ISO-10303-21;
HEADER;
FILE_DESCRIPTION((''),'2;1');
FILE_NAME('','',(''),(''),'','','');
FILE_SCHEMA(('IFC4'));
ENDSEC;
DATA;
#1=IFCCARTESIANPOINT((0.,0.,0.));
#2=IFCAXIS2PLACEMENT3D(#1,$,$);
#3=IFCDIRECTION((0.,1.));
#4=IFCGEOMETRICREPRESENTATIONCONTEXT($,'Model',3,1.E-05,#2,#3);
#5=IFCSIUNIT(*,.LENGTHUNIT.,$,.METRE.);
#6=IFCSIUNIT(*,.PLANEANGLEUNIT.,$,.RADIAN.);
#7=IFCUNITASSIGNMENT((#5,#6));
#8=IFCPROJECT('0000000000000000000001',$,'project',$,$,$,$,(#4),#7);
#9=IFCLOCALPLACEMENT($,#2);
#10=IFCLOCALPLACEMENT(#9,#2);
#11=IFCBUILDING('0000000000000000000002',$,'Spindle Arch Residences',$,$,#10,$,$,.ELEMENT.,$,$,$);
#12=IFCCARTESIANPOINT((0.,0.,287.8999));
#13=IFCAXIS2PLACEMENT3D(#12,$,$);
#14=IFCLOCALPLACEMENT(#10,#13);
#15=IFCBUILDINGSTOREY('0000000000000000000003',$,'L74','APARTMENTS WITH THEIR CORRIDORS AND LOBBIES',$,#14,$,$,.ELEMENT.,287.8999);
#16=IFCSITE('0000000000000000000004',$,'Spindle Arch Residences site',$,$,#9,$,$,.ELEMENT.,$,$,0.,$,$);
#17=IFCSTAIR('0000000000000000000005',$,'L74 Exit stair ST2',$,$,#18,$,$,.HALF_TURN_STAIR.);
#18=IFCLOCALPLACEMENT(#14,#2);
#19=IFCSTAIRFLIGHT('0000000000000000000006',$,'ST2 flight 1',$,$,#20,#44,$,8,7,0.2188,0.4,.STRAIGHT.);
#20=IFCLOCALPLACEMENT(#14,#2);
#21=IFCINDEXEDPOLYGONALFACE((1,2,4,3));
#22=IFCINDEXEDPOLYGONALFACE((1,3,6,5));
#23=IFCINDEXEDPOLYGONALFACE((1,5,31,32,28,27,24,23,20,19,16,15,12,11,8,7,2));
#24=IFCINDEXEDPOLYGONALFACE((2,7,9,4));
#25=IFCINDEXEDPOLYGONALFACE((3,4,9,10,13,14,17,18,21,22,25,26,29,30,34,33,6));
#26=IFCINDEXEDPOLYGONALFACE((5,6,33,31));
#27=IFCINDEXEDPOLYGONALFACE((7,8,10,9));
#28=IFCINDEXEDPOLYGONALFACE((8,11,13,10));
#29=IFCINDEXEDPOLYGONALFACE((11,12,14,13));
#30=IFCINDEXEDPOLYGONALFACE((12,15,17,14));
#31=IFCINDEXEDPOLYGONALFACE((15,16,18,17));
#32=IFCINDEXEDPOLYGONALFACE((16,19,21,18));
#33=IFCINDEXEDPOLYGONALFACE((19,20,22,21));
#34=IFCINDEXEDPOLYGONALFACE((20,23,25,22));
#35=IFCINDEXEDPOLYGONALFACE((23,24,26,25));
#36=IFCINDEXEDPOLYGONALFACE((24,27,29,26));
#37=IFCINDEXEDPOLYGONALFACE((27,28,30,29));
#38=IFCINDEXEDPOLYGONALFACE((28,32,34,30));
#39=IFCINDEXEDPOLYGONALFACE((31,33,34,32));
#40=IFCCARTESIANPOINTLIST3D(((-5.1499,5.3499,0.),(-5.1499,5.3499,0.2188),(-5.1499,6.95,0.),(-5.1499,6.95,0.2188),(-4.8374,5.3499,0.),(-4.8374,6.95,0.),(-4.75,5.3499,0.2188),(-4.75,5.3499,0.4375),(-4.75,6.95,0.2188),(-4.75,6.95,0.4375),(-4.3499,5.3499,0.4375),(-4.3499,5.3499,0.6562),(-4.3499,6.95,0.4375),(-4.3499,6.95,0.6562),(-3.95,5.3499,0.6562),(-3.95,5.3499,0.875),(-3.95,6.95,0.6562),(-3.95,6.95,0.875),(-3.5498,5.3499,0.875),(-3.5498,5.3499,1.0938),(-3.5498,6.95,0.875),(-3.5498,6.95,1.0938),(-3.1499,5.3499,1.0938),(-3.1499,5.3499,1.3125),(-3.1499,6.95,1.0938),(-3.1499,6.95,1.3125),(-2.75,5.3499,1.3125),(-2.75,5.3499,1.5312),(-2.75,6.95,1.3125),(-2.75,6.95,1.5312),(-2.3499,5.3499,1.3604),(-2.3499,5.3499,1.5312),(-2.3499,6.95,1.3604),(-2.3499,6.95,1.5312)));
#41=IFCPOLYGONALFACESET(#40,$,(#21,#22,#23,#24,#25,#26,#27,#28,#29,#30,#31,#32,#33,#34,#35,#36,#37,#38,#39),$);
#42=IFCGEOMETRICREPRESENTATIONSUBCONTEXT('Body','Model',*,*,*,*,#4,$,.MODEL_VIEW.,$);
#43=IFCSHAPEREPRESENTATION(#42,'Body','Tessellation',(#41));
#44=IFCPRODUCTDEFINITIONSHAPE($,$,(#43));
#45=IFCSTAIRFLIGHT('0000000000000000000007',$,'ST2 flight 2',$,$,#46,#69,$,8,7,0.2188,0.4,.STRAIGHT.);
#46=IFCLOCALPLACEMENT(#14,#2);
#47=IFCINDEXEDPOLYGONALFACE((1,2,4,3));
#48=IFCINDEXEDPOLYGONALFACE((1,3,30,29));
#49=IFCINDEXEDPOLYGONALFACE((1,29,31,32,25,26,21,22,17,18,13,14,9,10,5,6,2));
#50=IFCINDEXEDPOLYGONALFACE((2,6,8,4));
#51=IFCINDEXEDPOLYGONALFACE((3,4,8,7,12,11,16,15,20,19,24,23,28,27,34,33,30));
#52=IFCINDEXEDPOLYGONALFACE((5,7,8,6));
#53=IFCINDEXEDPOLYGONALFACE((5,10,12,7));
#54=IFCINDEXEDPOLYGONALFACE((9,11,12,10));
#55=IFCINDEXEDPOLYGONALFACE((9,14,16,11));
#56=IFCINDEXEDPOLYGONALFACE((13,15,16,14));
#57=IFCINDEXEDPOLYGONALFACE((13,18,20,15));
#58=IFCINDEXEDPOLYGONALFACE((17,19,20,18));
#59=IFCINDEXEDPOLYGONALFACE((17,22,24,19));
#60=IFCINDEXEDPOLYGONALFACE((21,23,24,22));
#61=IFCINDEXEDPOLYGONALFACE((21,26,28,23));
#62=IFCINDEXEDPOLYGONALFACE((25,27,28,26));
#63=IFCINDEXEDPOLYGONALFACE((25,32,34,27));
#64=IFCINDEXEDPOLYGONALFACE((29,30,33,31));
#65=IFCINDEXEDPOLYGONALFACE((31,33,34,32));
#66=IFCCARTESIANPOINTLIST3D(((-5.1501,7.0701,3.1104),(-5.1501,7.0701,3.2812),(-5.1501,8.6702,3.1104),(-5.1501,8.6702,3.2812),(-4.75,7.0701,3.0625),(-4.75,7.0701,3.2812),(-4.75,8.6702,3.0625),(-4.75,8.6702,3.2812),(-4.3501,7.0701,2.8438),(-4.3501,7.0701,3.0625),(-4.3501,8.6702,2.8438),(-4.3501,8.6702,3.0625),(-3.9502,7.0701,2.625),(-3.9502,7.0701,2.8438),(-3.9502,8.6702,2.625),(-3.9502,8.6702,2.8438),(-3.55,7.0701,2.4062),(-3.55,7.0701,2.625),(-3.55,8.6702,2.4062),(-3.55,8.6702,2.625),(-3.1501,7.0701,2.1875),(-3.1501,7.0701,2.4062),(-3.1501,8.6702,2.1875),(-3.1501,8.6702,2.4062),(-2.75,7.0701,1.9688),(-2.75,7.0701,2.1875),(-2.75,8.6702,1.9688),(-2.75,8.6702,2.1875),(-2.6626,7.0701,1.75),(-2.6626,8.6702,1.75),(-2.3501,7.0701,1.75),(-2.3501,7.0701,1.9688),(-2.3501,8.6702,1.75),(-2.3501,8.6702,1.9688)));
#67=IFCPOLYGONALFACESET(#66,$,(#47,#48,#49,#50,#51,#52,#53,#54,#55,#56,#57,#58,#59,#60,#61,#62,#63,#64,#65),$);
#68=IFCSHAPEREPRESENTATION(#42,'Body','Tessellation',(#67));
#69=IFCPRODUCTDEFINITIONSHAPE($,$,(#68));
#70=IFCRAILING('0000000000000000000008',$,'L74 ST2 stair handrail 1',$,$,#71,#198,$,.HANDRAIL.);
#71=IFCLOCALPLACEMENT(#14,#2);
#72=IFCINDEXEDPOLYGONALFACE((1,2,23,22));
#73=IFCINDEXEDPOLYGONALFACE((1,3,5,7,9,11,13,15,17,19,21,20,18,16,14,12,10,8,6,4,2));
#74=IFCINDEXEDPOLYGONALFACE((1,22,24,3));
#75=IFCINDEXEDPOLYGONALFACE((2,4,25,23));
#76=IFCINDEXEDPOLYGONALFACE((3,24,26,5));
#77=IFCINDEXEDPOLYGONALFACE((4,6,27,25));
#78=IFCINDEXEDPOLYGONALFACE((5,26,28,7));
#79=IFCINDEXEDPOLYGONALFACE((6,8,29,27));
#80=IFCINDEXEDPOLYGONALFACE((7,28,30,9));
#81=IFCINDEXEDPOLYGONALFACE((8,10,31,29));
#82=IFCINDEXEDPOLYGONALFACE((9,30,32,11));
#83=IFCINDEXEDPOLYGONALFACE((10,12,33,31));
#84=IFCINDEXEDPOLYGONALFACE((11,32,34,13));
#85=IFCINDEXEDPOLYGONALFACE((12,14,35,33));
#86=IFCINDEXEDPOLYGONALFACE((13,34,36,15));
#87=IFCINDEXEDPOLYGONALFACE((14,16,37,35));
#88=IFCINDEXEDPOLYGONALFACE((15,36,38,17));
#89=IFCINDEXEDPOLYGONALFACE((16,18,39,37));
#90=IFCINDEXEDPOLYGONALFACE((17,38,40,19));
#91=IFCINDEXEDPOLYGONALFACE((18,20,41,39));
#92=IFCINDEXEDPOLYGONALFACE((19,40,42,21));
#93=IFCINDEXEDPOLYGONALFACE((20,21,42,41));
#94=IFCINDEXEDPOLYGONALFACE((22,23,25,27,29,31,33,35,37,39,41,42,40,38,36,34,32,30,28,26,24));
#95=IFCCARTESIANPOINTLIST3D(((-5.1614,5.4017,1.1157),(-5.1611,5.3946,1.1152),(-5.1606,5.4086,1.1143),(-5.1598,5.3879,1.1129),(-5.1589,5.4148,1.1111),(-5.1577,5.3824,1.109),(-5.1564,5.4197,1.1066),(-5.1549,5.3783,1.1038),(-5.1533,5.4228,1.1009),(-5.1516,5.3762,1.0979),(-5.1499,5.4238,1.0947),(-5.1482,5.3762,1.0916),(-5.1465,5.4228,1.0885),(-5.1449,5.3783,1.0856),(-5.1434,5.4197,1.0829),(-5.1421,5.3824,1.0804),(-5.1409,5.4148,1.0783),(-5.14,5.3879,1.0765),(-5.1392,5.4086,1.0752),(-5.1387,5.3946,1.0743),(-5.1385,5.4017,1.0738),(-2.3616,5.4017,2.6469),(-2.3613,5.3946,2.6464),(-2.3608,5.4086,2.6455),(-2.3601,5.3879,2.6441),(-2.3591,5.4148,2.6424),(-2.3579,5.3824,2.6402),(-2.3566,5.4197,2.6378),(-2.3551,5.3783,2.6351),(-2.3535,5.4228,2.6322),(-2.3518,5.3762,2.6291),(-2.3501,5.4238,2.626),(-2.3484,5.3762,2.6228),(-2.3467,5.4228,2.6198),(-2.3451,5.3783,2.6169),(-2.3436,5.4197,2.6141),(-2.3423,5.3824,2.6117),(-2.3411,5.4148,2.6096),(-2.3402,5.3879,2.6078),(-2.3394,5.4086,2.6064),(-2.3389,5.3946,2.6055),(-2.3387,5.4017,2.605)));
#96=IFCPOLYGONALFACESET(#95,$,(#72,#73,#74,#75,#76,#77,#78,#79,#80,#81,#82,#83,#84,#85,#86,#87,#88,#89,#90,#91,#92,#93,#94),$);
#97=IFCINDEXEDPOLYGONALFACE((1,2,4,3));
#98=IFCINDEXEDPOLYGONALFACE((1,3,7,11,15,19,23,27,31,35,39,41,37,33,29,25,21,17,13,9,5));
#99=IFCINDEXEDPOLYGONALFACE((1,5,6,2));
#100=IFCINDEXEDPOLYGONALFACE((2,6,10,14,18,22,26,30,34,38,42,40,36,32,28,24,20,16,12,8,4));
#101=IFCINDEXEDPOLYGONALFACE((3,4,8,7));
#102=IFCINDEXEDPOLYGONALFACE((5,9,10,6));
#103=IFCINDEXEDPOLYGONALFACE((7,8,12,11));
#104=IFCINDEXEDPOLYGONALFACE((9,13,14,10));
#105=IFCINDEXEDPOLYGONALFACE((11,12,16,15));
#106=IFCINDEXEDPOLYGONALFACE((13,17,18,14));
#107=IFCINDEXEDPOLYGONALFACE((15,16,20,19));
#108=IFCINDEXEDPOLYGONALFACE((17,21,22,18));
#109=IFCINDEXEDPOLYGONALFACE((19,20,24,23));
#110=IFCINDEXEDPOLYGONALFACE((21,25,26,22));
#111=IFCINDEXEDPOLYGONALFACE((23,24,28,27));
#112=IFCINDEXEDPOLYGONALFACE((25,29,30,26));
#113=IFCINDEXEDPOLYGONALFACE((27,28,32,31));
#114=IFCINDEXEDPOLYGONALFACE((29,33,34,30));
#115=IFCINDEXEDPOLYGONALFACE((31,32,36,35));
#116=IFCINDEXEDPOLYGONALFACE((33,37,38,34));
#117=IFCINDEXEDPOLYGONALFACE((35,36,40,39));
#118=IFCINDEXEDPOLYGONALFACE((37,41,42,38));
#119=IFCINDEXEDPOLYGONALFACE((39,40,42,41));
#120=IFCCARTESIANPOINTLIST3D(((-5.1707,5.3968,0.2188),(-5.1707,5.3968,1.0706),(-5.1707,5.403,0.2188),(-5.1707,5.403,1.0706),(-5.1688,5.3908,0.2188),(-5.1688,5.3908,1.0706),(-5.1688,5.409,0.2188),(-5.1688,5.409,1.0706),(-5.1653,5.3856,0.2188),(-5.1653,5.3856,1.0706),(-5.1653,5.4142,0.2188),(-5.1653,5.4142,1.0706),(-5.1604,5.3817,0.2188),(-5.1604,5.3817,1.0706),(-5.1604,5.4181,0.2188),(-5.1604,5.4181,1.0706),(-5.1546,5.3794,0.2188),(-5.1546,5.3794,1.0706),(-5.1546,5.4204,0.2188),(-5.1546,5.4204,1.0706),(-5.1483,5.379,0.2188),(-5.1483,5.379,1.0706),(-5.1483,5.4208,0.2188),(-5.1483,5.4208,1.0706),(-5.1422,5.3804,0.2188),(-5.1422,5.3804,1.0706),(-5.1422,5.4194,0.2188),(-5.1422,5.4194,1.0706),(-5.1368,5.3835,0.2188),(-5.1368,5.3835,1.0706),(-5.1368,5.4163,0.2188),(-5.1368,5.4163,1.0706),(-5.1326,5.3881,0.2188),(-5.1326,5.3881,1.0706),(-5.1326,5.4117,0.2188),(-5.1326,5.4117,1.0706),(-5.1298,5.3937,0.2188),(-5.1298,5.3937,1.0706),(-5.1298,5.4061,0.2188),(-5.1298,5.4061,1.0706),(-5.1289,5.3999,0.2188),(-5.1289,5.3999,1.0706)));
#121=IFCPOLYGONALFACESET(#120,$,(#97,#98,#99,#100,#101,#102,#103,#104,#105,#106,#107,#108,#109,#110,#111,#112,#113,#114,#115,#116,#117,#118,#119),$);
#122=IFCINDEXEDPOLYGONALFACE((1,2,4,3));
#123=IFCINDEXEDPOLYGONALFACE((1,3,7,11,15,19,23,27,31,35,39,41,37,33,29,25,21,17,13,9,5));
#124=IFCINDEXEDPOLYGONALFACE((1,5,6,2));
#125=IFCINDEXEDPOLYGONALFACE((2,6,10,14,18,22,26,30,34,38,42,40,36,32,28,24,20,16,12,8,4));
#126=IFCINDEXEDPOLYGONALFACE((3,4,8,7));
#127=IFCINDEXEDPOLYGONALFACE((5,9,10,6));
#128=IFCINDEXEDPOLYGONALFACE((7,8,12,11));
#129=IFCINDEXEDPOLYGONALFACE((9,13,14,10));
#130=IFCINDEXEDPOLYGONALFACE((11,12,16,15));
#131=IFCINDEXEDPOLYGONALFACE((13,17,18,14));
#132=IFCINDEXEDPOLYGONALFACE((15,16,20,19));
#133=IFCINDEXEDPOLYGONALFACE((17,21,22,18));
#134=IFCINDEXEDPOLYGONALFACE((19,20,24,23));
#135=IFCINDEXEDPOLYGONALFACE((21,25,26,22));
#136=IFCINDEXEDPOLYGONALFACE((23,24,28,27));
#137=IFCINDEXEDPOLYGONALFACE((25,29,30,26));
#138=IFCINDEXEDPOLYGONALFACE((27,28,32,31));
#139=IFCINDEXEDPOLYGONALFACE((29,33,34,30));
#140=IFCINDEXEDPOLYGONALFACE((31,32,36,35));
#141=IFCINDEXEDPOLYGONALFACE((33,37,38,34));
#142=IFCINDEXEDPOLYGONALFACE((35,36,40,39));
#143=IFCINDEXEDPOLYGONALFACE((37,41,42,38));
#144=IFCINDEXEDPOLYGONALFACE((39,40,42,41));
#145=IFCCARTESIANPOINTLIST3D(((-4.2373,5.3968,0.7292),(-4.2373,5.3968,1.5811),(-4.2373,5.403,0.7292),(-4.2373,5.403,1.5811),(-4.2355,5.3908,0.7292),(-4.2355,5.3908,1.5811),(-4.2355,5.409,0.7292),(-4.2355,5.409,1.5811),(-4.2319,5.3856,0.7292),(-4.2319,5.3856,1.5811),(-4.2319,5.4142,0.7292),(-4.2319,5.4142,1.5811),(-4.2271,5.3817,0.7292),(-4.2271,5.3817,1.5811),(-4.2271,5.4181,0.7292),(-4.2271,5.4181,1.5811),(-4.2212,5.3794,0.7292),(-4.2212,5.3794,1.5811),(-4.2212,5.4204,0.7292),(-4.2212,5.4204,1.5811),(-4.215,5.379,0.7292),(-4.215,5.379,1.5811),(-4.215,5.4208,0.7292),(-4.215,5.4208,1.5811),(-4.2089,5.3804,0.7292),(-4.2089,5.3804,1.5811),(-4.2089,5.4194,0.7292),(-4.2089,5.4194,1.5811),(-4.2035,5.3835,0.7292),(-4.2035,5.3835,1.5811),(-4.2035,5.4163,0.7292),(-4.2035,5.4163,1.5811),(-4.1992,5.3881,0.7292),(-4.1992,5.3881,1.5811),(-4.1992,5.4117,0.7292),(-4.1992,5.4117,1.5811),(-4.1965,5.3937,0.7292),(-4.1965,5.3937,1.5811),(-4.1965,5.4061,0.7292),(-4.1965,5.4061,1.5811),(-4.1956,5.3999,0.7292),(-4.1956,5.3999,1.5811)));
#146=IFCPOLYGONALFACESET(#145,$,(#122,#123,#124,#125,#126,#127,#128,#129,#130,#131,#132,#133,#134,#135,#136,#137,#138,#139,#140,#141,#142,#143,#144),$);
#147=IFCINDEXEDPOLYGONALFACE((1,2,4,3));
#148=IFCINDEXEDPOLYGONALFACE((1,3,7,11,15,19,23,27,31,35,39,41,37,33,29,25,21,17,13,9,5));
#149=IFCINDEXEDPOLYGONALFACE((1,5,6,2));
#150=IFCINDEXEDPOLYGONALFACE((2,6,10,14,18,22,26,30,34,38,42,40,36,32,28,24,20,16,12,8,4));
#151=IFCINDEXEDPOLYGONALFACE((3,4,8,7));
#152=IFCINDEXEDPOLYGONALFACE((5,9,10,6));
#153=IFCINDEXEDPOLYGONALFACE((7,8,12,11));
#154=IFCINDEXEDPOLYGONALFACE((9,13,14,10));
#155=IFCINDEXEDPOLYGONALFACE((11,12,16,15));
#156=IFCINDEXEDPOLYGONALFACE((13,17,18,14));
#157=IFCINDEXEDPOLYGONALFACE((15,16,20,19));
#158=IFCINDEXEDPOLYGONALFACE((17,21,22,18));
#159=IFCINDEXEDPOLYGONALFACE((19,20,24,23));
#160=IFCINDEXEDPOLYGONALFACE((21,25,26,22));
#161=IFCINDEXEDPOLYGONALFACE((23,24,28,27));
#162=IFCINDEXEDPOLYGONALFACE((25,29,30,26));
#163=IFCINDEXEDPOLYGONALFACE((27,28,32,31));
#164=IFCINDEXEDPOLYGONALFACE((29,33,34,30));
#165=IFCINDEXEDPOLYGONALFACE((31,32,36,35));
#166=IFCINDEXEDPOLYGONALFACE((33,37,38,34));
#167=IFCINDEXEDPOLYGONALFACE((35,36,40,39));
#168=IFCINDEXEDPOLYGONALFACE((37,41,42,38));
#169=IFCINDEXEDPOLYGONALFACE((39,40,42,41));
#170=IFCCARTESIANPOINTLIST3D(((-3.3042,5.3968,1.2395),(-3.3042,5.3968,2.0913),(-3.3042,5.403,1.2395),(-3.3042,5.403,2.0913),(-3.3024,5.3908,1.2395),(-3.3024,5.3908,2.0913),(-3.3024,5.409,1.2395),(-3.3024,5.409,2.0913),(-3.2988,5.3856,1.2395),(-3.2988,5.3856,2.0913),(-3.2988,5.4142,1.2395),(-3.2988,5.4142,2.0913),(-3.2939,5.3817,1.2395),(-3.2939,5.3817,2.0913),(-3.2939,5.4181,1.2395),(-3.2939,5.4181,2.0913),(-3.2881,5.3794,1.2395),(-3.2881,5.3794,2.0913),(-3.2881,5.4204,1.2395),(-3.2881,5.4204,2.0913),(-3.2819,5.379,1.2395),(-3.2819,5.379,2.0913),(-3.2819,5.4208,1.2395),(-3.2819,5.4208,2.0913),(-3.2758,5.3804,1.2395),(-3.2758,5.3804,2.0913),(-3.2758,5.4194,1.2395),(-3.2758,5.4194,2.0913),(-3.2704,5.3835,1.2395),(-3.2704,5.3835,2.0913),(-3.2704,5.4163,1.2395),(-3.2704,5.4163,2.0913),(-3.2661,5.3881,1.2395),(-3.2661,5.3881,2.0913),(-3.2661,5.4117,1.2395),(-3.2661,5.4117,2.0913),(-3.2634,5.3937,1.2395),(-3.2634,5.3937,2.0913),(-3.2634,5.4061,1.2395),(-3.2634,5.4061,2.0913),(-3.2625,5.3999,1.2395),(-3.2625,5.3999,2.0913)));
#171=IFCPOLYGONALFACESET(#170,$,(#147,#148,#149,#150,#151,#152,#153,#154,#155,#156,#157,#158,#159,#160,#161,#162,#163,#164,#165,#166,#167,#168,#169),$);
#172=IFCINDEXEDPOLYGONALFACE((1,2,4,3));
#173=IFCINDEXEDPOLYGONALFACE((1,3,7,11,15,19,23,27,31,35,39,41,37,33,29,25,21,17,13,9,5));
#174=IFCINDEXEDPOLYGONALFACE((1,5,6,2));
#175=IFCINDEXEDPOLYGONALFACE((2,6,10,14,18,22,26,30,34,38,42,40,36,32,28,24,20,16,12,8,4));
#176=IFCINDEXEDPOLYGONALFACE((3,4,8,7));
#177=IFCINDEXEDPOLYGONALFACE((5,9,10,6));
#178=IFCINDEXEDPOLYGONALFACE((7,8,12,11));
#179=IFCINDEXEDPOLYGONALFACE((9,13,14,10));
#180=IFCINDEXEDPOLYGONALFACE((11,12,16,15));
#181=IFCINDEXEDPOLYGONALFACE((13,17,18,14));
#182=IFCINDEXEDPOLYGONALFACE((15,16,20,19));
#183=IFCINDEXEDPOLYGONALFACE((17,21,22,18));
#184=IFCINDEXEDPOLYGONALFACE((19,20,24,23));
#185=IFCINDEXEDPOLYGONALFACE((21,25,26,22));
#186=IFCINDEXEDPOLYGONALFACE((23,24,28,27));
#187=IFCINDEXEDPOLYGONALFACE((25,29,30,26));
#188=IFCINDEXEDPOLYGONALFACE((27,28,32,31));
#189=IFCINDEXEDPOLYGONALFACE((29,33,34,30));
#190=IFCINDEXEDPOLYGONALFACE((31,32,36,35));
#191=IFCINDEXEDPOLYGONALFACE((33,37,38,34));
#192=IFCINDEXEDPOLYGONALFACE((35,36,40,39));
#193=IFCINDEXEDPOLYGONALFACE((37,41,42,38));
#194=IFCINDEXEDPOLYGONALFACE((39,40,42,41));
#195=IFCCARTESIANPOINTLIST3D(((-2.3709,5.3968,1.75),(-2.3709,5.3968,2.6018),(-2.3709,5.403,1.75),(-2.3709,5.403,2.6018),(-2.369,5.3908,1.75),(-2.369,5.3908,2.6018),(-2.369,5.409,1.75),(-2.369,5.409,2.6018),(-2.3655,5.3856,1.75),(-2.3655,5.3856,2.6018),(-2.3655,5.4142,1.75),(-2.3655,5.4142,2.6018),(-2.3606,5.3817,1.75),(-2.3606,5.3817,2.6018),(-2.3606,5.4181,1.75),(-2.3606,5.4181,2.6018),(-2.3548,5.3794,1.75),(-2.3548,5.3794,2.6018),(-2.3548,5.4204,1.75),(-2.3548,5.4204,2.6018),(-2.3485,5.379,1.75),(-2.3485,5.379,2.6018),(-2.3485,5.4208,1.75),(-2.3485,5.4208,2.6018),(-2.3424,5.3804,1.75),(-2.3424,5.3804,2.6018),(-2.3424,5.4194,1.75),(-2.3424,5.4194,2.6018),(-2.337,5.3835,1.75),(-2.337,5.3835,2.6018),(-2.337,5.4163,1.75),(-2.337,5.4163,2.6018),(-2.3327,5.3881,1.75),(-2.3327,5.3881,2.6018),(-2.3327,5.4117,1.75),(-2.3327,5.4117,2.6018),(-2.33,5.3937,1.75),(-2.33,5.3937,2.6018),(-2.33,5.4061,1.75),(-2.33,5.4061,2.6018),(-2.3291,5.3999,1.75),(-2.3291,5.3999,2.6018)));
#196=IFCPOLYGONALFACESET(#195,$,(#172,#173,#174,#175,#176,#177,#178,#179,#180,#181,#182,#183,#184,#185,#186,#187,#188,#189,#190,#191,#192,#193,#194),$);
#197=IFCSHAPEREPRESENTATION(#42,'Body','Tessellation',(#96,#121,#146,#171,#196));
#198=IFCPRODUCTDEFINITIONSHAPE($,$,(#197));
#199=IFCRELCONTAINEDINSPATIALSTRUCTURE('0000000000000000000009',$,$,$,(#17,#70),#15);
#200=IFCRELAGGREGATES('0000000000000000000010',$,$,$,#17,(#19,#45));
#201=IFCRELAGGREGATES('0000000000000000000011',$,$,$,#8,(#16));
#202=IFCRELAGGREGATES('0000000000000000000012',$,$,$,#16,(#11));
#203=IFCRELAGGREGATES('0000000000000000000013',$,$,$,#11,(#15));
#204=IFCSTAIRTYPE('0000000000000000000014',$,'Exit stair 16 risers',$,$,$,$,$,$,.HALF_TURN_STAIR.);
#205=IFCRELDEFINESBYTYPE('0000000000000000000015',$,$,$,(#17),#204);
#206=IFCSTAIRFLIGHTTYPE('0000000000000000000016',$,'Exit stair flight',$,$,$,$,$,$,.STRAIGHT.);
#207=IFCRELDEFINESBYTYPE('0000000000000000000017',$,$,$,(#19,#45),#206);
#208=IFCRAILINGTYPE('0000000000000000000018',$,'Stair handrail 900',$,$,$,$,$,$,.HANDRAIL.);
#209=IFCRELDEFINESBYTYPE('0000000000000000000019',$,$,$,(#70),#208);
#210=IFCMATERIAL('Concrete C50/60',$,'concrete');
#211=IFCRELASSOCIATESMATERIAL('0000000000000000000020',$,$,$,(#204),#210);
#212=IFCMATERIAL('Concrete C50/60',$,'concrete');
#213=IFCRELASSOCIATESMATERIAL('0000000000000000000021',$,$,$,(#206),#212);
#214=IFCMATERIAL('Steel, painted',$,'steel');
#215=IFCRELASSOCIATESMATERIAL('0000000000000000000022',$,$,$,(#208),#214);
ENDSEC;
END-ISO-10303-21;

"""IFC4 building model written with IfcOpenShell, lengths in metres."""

from ifc_helpers import new_model, si_unit, direction, frame, origin, origin_2d, place, context, subcontext, project, spatial, polyline, circle, outline, extrude, material, type_object, element, aggregate, save


model = new_model("IFC4")

# Units and contexts
model_context = context("Model", 3, precision=1e-05, world=origin(), true_north=direction((0.0, 1.0)))
body_context = subcontext(model_context, "Body", "Model", "MODEL_VIEW")
ifc_project = project(units=[si_unit("LENGTHUNIT", "METRE"), si_unit("PLANEANGLEUNIT", "RADIAN")], contexts=[model_context])

# Site, building, storey
site_placement = place(None, origin())
site = spatial("IfcSite", under=ifc_project, at=site_placement, Name="Spindle Arch Residences site", CompositionType="ELEMENT", RefElevation=0.0)
building_placement = place(site_placement, origin())
building = spatial("IfcBuilding", under=site, at=building_placement, Name="Spindle Arch Residences", CompositionType="ELEMENT")
storey_placement = place(building_placement, frame((0.0, 0.0, 287.8999)))
storey = spatial("IfcBuildingStorey", under=building, at=storey_placement, Name="L74", Description="APARTMENTS WITH THEIR CORRIDORS AND LOBBIES", CompositionType="ELEMENT", Elevation=287.8999)

# Stair, stair flights
ifc_material_1 = material(Name="Concrete C50/60", Category="concrete")
stair_type = type_object("IfcStairType", Name="Exit stair 16 risers", PredefinedType="HALF_TURN_STAIR", material=ifc_material_1)
stair_placement = place(storey_placement, origin())
stair = element("IfcStair", 1, at=stair_placement, inside=storey, type_object=stair_type, Name="L74 Exit stair ST2", PredefinedType="HALF_TURN_STAIR")
ifc_material_2 = material(Name="Concrete C50/60", Category="concrete")
stair_flight_type = type_object("IfcStairFlightType", Name="Exit stair flight", PredefinedType="STRAIGHT", material=ifc_material_2)
stair_flight_1_placement = place(storey_placement, frame((-5.1499, 6.1499, 0.0), z_axis=(0.0, 0.0, 1.0), x_axis=(1.0, 0.0, 0.0)))
stair_flight_1 = element("IfcStairFlight", 2, at=stair_flight_1_placement, type_object=stair_flight_type, Name="ST2 flight 1", NumberOfRisers=8, NumberOfTreads=7, PredefinedType="STRAIGHT", RiserHeight=0.2188, TreadLength=0.4, context=body_context, shape_type="SweptSolid", body=[
    extrude(outline(polyline([(0.0, 0.0), (0.0, 0.2188), (0.3999, 0.2188), (0.3999, 0.4375), (0.8, 0.4375), (0.8, 0.6562), (1.2, 0.6562), (1.2, 0.875), (1.6001, 0.875), (1.6001, 1.0938), (2.0, 1.0938), (2.0, 1.3125), (2.3999, 1.3125), (2.3999, 1.5312), (2.8, 1.5312), (2.8, 1.75), (2.8, 1.3604), (0.3125, 0.0), (0.0, 0.0)])), frame((0.0, 0.8, 0.0), z_axis=(0.0, -1.0, 0.0), x_axis=(1.0, 0.0, 0.0)), (0.0, 0.0, 1.0), 1.6001),
])
stair_flight_2_placement = place(storey_placement, frame((-2.3501, 7.8701, 1.75), z_axis=(0.0, 0.0, 1.0), x_axis=(-1.0, 0.0, 0.0)))
stair_flight_2 = element("IfcStairFlight", 3, at=stair_flight_2_placement, type_object=stair_flight_type, Name="ST2 flight 2", NumberOfRisers=8, NumberOfTreads=7, PredefinedType="STRAIGHT", RiserHeight=0.2188, TreadLength=0.4, context=body_context, shape_type="SweptSolid", body=[
    extrude(outline(polyline([(0.0, 0.0), (0.0, 0.2188), (0.3999, 0.2188), (0.3999, 0.4375), (0.8, 0.4375), (0.8, 0.6562), (1.2, 0.6562), (1.2, 0.875), (1.6001, 0.875), (1.6001, 1.0938), (2.0, 1.0938), (2.0, 1.3125), (2.3999, 1.3125), (2.3999, 1.5312), (2.8, 1.5312), (2.8, 1.75), (2.8, 1.3604), (0.3125, 0.0), (0.0, 0.0)])), frame((0.0, 0.8, 0.0), z_axis=(0.0, -1.0, 0.0), x_axis=(1.0, 0.0, 0.0)), (0.0, 0.0, 1.0), 1.6001),
])
aggregate(stair, [stair_flight_1, stair_flight_2])

# Railing
ifc_material_3 = material(Name="Steel, painted", Category="steel")
railing_type_1 = type_object("IfcRailingType", Name="Stair handrail 900", PredefinedType="HANDRAIL", material=ifc_material_3)
railing_1_placement = place(storey_placement, frame((-5.1499, 5.3999, 0.2188)))
element("IfcRailing", 4, at=railing_1_placement, inside=storey, type_object=railing_type_1, Name="L74 ST2 stair handrail 1", PredefinedType="HANDRAIL", context=body_context, shape_type="SweptSolid", body=[
    extrude(circle(Radius=0.0239, at=origin_2d()), frame((0.0, 0.0, 0.876), z_axis=(0.877357, 0.0, 0.479838), x_axis=(0.0, 1.0, 0.0)), (0.0, 0.0, 1.0), 3.1912),
    extrude(circle(Radius=0.021, at=origin_2d()), origin(), (0.0, 0.0, 1.0), 0.8518),
    extrude(circle(Radius=0.021, at=origin_2d()), frame((0.9333, 0.0, 0.5105)), (0.0, 0.0, 1.0), 0.8518),
    extrude(circle(Radius=0.021, at=origin_2d()), frame((1.8665, 0.0, 1.0208)), (0.0, 0.0, 1.0), 0.8518),
    extrude(circle(Radius=0.021, at=origin_2d()), frame((2.7998, 0.0, 1.5312)), (0.0, 0.0, 1.0), 0.8518),
])

save(model, "model.ifc")
